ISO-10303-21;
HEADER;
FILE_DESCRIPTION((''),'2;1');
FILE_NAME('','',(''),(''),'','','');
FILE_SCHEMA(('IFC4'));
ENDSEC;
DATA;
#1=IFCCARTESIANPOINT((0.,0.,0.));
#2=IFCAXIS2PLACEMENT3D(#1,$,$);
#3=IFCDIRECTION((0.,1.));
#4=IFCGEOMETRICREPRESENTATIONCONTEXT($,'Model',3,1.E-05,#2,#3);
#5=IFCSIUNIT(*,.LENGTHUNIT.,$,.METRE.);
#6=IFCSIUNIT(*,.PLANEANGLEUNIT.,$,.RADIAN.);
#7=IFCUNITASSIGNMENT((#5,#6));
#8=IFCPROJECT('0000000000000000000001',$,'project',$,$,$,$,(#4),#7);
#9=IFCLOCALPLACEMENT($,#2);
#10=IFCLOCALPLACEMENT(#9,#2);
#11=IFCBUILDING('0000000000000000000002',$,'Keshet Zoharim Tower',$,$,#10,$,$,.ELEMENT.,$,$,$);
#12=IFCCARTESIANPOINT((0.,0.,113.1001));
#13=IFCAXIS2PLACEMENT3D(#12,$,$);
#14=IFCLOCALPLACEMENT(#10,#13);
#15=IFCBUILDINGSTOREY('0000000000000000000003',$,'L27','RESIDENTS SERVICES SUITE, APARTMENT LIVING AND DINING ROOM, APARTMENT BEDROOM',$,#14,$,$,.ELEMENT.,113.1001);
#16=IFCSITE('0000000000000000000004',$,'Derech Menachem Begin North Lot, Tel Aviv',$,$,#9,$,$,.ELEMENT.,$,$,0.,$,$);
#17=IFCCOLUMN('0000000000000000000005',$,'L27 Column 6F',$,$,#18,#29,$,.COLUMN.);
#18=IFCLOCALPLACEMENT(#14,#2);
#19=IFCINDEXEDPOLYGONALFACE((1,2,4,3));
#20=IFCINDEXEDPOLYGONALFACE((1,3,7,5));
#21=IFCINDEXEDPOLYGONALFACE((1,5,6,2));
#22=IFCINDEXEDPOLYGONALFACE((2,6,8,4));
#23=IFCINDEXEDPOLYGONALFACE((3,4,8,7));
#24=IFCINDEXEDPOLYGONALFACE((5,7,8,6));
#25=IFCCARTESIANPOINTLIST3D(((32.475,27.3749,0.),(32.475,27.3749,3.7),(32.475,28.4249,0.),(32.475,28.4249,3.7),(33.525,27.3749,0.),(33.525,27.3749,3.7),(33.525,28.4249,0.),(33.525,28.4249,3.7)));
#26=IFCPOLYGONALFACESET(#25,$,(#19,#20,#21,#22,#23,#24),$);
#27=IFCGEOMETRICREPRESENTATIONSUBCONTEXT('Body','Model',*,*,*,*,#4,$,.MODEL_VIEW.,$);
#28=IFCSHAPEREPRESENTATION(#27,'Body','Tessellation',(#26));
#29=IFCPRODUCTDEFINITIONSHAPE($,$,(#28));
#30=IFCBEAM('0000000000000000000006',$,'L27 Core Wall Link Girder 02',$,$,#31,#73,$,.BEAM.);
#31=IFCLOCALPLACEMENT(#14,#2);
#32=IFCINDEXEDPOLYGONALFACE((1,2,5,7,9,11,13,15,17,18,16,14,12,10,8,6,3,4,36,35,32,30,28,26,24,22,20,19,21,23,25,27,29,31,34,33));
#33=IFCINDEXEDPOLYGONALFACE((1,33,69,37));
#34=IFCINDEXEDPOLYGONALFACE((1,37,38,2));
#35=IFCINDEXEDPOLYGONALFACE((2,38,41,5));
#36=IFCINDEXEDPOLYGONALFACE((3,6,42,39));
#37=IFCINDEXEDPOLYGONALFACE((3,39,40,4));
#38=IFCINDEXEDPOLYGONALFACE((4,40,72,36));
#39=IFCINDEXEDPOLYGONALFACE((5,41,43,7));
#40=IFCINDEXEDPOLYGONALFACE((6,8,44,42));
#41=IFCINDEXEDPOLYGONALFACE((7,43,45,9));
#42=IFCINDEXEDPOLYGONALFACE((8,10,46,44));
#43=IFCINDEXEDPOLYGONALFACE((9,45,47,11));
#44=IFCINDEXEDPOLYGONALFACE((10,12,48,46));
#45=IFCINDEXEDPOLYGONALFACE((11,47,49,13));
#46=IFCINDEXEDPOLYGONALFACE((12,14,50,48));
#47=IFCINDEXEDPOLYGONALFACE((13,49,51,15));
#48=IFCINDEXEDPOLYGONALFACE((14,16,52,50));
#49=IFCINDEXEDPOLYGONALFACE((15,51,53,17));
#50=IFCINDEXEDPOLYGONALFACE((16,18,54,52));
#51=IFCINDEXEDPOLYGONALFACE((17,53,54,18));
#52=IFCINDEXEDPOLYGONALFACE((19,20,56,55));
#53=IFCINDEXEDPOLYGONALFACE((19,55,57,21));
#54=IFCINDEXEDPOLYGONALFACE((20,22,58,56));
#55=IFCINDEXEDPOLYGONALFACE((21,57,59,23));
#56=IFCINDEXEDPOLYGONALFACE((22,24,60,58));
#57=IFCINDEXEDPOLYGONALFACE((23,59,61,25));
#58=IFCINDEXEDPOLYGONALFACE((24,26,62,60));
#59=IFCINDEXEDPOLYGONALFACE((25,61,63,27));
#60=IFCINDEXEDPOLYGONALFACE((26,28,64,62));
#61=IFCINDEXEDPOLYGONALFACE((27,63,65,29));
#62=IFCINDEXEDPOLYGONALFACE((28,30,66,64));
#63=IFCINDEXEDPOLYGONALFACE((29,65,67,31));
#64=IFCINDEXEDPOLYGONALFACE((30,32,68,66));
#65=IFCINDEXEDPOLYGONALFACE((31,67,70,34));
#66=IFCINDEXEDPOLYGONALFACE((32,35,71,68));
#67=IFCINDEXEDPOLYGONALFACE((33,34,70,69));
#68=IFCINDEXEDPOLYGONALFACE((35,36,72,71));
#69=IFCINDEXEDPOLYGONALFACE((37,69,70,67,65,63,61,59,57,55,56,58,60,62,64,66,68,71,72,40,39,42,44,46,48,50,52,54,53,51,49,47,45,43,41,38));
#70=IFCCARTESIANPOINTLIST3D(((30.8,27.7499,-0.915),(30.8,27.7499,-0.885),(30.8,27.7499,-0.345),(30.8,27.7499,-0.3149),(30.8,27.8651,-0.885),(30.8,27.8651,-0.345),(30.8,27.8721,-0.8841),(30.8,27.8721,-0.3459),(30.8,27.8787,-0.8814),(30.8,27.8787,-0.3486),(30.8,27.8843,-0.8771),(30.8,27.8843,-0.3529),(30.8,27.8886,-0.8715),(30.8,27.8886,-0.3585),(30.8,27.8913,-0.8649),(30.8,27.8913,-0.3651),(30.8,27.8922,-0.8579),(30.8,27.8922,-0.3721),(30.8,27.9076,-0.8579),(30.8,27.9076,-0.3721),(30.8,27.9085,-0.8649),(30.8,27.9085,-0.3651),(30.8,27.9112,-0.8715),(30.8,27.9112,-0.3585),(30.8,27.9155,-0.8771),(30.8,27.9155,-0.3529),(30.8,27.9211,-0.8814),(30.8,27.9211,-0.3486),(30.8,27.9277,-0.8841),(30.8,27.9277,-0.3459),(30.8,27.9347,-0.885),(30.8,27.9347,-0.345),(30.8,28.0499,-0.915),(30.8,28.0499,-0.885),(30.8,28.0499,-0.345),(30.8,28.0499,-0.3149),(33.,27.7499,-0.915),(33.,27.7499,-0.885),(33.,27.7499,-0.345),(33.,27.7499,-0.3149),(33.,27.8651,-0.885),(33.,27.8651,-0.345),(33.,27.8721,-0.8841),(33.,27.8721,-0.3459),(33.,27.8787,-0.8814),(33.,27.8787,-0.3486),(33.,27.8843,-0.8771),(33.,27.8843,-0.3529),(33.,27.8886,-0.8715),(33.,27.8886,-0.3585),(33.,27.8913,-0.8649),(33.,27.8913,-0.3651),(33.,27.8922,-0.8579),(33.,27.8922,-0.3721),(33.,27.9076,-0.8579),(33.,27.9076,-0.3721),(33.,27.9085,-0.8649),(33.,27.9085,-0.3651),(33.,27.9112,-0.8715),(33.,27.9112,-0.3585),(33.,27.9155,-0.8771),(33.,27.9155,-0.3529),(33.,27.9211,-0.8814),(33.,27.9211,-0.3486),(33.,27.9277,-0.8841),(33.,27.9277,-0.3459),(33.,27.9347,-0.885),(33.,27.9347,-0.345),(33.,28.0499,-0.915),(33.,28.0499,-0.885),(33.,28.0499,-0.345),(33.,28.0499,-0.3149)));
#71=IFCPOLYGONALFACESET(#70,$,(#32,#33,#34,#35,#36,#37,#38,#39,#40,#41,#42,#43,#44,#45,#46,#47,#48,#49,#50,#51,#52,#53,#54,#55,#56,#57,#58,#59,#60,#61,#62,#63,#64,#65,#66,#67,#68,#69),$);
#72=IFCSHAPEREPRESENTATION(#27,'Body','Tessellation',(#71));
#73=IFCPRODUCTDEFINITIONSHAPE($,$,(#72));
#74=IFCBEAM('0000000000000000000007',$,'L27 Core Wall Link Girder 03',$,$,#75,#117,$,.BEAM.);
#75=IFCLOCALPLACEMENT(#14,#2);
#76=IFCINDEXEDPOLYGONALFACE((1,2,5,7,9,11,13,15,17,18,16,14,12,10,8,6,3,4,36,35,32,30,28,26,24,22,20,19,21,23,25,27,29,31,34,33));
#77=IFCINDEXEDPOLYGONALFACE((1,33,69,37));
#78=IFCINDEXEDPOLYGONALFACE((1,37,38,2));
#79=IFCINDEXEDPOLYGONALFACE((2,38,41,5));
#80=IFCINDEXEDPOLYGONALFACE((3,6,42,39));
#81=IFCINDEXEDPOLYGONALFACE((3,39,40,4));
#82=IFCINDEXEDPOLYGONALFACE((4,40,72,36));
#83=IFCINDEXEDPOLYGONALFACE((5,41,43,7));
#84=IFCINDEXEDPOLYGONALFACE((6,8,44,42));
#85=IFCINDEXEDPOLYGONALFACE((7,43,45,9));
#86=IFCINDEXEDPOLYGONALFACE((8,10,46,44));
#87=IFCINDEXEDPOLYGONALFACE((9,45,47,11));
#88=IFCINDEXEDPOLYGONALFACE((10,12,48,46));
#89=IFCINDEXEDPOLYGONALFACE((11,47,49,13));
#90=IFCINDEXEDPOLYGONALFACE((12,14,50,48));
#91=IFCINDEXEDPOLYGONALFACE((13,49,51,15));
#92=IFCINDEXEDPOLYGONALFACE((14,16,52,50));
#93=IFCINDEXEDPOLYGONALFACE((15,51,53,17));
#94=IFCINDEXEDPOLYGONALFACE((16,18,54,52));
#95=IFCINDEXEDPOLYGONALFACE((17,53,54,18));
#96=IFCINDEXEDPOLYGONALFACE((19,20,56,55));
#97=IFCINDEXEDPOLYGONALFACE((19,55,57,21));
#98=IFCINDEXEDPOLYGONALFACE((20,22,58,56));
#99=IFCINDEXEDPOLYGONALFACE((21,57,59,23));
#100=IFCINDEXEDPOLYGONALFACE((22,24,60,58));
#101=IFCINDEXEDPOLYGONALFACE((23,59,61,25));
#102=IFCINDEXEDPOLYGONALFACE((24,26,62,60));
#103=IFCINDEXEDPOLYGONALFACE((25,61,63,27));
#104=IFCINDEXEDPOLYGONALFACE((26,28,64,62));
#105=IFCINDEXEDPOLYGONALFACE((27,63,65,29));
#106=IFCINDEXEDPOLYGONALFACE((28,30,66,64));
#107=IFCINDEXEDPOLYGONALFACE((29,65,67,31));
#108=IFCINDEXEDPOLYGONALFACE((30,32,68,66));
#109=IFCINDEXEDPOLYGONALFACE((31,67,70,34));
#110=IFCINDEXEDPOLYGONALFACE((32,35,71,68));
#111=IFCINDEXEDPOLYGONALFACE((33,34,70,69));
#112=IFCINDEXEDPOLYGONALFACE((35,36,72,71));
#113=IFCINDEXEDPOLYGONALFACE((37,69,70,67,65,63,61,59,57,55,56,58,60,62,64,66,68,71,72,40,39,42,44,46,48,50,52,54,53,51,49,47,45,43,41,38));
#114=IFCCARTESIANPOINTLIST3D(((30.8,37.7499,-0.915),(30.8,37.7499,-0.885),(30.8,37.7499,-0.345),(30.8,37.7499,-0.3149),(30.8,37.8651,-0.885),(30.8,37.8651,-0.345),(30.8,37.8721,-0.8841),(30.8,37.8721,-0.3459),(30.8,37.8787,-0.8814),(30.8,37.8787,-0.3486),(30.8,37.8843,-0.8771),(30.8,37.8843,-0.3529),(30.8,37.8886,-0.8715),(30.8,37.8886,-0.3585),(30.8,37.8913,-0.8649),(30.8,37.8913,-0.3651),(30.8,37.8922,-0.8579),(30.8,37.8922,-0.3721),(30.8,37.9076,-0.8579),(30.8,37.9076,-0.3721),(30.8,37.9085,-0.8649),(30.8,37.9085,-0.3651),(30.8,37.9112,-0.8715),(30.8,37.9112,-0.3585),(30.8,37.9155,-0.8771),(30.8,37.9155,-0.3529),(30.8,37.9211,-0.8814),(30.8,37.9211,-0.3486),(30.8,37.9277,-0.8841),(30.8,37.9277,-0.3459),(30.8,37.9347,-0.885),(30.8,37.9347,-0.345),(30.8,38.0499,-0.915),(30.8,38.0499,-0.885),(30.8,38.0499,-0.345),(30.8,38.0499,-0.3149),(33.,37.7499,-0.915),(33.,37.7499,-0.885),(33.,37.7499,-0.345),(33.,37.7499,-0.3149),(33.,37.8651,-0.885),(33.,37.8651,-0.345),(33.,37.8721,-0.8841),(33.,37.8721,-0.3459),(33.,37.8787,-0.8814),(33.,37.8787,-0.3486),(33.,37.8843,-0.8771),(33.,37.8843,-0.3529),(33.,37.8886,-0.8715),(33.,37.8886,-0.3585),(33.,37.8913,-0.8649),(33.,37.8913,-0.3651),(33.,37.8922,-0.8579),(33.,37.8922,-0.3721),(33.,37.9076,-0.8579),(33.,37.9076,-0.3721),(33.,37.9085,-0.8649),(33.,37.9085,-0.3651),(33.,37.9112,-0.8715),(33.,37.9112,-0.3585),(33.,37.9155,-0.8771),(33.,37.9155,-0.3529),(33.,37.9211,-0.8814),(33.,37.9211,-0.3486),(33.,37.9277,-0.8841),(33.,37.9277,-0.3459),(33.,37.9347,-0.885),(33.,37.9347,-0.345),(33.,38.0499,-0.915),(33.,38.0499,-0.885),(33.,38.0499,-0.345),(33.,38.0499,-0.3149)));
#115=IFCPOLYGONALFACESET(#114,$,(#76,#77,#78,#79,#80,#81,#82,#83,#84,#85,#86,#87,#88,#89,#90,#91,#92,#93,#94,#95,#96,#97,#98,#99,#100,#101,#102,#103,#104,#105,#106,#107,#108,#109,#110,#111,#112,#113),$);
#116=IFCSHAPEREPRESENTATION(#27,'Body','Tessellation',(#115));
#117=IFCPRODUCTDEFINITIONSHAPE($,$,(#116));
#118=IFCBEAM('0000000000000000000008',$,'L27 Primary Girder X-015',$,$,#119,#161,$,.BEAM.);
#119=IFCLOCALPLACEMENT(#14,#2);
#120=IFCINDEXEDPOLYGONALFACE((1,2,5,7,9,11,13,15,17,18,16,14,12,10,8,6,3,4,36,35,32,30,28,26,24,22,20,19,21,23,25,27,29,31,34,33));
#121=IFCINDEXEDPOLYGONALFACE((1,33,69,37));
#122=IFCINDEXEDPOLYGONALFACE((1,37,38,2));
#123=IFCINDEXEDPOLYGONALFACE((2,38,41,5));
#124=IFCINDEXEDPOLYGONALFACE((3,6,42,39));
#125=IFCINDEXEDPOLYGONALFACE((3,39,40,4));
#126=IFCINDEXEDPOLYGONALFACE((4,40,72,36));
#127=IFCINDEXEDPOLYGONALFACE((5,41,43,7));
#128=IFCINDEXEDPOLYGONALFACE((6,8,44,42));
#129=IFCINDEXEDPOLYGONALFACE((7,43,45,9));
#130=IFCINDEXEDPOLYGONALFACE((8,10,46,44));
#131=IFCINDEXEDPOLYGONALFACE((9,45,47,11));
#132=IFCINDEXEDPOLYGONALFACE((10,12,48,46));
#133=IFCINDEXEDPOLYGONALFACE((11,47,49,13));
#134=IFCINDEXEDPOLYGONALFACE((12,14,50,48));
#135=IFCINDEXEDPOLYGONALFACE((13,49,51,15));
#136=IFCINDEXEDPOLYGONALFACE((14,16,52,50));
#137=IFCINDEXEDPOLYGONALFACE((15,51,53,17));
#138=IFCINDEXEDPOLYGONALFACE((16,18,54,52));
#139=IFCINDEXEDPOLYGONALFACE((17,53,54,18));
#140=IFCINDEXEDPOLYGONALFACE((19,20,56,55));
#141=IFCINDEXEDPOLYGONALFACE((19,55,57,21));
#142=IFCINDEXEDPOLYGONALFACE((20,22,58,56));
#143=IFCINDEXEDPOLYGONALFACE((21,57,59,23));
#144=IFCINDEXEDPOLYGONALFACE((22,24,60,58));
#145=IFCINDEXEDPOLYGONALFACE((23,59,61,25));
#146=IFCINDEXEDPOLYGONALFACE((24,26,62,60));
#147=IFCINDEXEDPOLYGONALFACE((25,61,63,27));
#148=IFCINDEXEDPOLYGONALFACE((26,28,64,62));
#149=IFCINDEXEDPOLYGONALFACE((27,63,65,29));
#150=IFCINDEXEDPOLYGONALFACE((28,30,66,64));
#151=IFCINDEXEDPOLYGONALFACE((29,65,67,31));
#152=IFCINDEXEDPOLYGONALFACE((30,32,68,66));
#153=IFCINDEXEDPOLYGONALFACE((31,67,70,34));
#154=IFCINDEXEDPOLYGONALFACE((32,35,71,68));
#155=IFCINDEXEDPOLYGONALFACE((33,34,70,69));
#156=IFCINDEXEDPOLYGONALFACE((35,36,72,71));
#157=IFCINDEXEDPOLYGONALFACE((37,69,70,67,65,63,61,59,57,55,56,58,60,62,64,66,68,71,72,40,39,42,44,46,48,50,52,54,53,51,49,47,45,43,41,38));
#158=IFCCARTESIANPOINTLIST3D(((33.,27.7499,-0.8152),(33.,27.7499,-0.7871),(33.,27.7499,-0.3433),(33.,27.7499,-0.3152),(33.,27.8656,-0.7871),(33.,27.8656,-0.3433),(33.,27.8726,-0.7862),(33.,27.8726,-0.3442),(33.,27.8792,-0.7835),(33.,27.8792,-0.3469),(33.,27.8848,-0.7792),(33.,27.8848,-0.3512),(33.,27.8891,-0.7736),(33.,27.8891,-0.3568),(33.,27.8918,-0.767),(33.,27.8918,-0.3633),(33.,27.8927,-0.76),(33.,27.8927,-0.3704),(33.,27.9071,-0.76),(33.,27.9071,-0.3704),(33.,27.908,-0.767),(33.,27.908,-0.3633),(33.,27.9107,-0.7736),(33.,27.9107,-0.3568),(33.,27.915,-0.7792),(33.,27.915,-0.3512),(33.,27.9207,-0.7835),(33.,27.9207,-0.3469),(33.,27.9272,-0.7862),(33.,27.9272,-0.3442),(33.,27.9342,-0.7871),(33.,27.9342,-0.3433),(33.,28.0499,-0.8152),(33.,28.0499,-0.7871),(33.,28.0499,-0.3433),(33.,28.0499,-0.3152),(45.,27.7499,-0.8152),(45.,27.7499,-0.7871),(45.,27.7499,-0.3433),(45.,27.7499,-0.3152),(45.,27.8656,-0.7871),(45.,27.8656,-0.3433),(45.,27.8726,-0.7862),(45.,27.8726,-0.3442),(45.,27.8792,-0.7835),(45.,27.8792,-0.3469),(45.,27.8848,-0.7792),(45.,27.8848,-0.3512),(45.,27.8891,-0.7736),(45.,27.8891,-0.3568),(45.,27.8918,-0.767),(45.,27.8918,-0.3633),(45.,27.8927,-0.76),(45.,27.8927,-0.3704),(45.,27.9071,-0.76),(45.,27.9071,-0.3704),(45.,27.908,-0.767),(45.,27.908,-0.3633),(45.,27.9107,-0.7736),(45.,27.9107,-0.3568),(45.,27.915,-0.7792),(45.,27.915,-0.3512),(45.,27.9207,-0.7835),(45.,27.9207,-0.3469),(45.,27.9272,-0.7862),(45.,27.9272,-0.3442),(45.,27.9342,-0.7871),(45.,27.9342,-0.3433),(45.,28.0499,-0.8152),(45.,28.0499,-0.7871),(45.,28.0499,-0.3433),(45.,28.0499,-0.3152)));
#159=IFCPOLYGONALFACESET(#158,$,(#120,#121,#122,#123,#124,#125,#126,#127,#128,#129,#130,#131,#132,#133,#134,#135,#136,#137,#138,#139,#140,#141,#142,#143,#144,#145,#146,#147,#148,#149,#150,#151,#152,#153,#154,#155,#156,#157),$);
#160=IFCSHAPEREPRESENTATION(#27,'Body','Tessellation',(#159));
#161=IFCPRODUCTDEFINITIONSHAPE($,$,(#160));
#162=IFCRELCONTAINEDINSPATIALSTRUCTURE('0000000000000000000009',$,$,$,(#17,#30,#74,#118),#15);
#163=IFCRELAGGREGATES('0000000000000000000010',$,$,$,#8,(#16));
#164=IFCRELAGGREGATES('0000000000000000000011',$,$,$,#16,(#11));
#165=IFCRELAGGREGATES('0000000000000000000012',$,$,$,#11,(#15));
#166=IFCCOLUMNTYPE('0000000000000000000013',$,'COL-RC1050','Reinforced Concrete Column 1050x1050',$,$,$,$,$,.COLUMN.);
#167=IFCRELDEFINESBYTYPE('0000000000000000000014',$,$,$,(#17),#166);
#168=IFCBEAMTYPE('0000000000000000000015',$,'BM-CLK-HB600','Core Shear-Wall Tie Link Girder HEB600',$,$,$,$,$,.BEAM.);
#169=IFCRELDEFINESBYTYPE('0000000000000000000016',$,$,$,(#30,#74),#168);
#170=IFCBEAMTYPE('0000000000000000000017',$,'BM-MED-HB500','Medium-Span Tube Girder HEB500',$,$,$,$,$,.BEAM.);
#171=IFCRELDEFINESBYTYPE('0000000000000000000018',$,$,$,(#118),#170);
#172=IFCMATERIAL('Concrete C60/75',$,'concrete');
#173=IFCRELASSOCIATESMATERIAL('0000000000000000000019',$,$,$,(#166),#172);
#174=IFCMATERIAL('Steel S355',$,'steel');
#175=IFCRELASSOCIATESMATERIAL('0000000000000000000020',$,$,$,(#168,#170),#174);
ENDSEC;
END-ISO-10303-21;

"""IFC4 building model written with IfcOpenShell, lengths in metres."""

from ifc_helpers import new_model, si_unit, direction, frame, origin, origin_2d, place, context, subcontext, project, spatial, rectangle, i_section, extrude, material, material_profile, profile_set, type_object, element, save


model = new_model("IFC4")

# Units and contexts
model_context = context("Model", 3, precision=1e-05, world=origin(), true_north=direction((0.0, 1.0)))
body_context = subcontext(model_context, "Body", "Model", "MODEL_VIEW")
ifc_project = project(units=[si_unit("LENGTHUNIT", "METRE"), si_unit("PLANEANGLEUNIT", "RADIAN")], contexts=[model_context])

# Site, building, storey
site_placement = place(None, origin())
site = spatial("IfcSite", under=ifc_project, at=site_placement, Name="Derech Menachem Begin North Lot, Tel Aviv", CompositionType="ELEMENT", RefElevation=0.0)
building_placement = place(site_placement, origin())
building = spatial("IfcBuilding", under=site, at=building_placement, Name="Keshet Zoharim Tower", CompositionType="ELEMENT")
storey_placement = place(building_placement, frame((0.0, 0.0, 113.1001)))
storey = spatial("IfcBuildingStorey", under=building, at=storey_placement, Name="L27", Description="RESIDENTS SERVICES SUITE, APARTMENT LIVING AND DINING ROOM, APARTMENT BEDROOM", CompositionType="ELEMENT", Elevation=113.1001)

# Column
ifc_material_1 = material(Name="Concrete C60/75", Category="concrete")
ifc_material_profile_1 = material_profile(ifc_material_1, rectangle(XDim=1.05, YDim=1.05, at=origin_2d()), Name="RC1050x1050")
ifc_profile_set_1 = profile_set([ifc_material_profile_1], Name="Concrete C60/75")
column_type = type_object("IfcColumnType", Name="COL-RC1050", Description="Reinforced Concrete Column 1050x1050", PredefinedType="COLUMN", material=ifc_profile_set_1)
column_placement = place(storey_placement, frame((33.0, 27.8999, 0.0), z_axis=(0.0, 0.0, 1.0), x_axis=(1.0, 0.0, 0.0)))
element("IfcColumn", 1, at=column_placement, inside=storey, type_object=column_type, Name="L27 Column 6F", PredefinedType="COLUMN", context=body_context, shape_type="SweptSolid", body=[
    extrude(rectangle(XDim=1.05, YDim=1.05, at=origin_2d()), origin(), (0.0, 0.0, 1.0), 3.7),
])

# Beams
ifc_material_2 = material(Name="Steel S355", Category="steel")
ifc_material_profile_2 = material_profile(ifc_material_2, i_section(OverallWidth=0.3, OverallDepth=0.6001, WebThickness=0.0154, FlangeThickness=0.03, FilletRadius=0.0271, at=origin_2d()), Name="HEB600")
ifc_profile_set_2 = profile_set([ifc_material_profile_2], Name="Steel S355")
beam_type_1 = type_object("IfcBeamType", Name="BM-CLK-HB600", Description="Core Shear-Wall Tie Link Girder HEB600", PredefinedType="BEAM", material=ifc_profile_set_2)
for number, where, z_axis, x_axis, name in (
    (2, (30.8, 27.8999, -0.615), (1.0, 0.0, 0.0), (0.0, 1.0, 0.0), "L27 Core Wall Link Girder 02"),
    (3, (30.8, 37.8999, -0.615), (1.0, 0.0, 0.0), (0.0, 1.0, 0.0), "L27 Core Wall Link Girder 03"),
):
    element("IfcBeam", number, at=place(storey_placement, frame(where, z_axis=z_axis, x_axis=x_axis)), inside=storey, type_object=beam_type_1, Name=name, PredefinedType="BEAM", context=body_context, shape_type="SweptSolid", body=[
        extrude(i_section(OverallWidth=0.3, OverallDepth=0.6001, WebThickness=0.0154, FlangeThickness=0.03, FilletRadius=0.0271, at=origin_2d()), origin(), (0.0, 0.0, 1.0), 2.2),
    ])
ifc_material_profile_3 = material_profile(ifc_material_2, i_section(OverallWidth=0.3, OverallDepth=0.5, WebThickness=0.0144, FlangeThickness=0.0281, FilletRadius=0.0271, at=origin_2d()), Name="HEB500")
ifc_profile_set_3 = profile_set([ifc_material_profile_3], Name="Steel S355")
beam_type_2 = type_object("IfcBeamType", Name="BM-MED-HB500", Description="Medium-Span Tube Girder HEB500", PredefinedType="BEAM", material=ifc_profile_set_3)
beam_1_placement = place(storey_placement, frame((33.0, 27.8999, -0.5652), z_axis=(1.0, 0.0, 0.0), x_axis=(0.0, 1.0, 0.0)))
element("IfcBeam", 4, at=beam_1_placement, inside=storey, type_object=beam_type_2, Name="L27 Primary Girder X-015", PredefinedType="BEAM", context=body_context, shape_type="SweptSolid", body=[
    extrude(i_section(OverallWidth=0.3, OverallDepth=0.5, WebThickness=0.0144, FlangeThickness=0.0281, FilletRadius=0.0271, at=origin_2d()), origin(), (0.0, 0.0, 1.0), 12.0),
])

save(model, "model.ifc")
